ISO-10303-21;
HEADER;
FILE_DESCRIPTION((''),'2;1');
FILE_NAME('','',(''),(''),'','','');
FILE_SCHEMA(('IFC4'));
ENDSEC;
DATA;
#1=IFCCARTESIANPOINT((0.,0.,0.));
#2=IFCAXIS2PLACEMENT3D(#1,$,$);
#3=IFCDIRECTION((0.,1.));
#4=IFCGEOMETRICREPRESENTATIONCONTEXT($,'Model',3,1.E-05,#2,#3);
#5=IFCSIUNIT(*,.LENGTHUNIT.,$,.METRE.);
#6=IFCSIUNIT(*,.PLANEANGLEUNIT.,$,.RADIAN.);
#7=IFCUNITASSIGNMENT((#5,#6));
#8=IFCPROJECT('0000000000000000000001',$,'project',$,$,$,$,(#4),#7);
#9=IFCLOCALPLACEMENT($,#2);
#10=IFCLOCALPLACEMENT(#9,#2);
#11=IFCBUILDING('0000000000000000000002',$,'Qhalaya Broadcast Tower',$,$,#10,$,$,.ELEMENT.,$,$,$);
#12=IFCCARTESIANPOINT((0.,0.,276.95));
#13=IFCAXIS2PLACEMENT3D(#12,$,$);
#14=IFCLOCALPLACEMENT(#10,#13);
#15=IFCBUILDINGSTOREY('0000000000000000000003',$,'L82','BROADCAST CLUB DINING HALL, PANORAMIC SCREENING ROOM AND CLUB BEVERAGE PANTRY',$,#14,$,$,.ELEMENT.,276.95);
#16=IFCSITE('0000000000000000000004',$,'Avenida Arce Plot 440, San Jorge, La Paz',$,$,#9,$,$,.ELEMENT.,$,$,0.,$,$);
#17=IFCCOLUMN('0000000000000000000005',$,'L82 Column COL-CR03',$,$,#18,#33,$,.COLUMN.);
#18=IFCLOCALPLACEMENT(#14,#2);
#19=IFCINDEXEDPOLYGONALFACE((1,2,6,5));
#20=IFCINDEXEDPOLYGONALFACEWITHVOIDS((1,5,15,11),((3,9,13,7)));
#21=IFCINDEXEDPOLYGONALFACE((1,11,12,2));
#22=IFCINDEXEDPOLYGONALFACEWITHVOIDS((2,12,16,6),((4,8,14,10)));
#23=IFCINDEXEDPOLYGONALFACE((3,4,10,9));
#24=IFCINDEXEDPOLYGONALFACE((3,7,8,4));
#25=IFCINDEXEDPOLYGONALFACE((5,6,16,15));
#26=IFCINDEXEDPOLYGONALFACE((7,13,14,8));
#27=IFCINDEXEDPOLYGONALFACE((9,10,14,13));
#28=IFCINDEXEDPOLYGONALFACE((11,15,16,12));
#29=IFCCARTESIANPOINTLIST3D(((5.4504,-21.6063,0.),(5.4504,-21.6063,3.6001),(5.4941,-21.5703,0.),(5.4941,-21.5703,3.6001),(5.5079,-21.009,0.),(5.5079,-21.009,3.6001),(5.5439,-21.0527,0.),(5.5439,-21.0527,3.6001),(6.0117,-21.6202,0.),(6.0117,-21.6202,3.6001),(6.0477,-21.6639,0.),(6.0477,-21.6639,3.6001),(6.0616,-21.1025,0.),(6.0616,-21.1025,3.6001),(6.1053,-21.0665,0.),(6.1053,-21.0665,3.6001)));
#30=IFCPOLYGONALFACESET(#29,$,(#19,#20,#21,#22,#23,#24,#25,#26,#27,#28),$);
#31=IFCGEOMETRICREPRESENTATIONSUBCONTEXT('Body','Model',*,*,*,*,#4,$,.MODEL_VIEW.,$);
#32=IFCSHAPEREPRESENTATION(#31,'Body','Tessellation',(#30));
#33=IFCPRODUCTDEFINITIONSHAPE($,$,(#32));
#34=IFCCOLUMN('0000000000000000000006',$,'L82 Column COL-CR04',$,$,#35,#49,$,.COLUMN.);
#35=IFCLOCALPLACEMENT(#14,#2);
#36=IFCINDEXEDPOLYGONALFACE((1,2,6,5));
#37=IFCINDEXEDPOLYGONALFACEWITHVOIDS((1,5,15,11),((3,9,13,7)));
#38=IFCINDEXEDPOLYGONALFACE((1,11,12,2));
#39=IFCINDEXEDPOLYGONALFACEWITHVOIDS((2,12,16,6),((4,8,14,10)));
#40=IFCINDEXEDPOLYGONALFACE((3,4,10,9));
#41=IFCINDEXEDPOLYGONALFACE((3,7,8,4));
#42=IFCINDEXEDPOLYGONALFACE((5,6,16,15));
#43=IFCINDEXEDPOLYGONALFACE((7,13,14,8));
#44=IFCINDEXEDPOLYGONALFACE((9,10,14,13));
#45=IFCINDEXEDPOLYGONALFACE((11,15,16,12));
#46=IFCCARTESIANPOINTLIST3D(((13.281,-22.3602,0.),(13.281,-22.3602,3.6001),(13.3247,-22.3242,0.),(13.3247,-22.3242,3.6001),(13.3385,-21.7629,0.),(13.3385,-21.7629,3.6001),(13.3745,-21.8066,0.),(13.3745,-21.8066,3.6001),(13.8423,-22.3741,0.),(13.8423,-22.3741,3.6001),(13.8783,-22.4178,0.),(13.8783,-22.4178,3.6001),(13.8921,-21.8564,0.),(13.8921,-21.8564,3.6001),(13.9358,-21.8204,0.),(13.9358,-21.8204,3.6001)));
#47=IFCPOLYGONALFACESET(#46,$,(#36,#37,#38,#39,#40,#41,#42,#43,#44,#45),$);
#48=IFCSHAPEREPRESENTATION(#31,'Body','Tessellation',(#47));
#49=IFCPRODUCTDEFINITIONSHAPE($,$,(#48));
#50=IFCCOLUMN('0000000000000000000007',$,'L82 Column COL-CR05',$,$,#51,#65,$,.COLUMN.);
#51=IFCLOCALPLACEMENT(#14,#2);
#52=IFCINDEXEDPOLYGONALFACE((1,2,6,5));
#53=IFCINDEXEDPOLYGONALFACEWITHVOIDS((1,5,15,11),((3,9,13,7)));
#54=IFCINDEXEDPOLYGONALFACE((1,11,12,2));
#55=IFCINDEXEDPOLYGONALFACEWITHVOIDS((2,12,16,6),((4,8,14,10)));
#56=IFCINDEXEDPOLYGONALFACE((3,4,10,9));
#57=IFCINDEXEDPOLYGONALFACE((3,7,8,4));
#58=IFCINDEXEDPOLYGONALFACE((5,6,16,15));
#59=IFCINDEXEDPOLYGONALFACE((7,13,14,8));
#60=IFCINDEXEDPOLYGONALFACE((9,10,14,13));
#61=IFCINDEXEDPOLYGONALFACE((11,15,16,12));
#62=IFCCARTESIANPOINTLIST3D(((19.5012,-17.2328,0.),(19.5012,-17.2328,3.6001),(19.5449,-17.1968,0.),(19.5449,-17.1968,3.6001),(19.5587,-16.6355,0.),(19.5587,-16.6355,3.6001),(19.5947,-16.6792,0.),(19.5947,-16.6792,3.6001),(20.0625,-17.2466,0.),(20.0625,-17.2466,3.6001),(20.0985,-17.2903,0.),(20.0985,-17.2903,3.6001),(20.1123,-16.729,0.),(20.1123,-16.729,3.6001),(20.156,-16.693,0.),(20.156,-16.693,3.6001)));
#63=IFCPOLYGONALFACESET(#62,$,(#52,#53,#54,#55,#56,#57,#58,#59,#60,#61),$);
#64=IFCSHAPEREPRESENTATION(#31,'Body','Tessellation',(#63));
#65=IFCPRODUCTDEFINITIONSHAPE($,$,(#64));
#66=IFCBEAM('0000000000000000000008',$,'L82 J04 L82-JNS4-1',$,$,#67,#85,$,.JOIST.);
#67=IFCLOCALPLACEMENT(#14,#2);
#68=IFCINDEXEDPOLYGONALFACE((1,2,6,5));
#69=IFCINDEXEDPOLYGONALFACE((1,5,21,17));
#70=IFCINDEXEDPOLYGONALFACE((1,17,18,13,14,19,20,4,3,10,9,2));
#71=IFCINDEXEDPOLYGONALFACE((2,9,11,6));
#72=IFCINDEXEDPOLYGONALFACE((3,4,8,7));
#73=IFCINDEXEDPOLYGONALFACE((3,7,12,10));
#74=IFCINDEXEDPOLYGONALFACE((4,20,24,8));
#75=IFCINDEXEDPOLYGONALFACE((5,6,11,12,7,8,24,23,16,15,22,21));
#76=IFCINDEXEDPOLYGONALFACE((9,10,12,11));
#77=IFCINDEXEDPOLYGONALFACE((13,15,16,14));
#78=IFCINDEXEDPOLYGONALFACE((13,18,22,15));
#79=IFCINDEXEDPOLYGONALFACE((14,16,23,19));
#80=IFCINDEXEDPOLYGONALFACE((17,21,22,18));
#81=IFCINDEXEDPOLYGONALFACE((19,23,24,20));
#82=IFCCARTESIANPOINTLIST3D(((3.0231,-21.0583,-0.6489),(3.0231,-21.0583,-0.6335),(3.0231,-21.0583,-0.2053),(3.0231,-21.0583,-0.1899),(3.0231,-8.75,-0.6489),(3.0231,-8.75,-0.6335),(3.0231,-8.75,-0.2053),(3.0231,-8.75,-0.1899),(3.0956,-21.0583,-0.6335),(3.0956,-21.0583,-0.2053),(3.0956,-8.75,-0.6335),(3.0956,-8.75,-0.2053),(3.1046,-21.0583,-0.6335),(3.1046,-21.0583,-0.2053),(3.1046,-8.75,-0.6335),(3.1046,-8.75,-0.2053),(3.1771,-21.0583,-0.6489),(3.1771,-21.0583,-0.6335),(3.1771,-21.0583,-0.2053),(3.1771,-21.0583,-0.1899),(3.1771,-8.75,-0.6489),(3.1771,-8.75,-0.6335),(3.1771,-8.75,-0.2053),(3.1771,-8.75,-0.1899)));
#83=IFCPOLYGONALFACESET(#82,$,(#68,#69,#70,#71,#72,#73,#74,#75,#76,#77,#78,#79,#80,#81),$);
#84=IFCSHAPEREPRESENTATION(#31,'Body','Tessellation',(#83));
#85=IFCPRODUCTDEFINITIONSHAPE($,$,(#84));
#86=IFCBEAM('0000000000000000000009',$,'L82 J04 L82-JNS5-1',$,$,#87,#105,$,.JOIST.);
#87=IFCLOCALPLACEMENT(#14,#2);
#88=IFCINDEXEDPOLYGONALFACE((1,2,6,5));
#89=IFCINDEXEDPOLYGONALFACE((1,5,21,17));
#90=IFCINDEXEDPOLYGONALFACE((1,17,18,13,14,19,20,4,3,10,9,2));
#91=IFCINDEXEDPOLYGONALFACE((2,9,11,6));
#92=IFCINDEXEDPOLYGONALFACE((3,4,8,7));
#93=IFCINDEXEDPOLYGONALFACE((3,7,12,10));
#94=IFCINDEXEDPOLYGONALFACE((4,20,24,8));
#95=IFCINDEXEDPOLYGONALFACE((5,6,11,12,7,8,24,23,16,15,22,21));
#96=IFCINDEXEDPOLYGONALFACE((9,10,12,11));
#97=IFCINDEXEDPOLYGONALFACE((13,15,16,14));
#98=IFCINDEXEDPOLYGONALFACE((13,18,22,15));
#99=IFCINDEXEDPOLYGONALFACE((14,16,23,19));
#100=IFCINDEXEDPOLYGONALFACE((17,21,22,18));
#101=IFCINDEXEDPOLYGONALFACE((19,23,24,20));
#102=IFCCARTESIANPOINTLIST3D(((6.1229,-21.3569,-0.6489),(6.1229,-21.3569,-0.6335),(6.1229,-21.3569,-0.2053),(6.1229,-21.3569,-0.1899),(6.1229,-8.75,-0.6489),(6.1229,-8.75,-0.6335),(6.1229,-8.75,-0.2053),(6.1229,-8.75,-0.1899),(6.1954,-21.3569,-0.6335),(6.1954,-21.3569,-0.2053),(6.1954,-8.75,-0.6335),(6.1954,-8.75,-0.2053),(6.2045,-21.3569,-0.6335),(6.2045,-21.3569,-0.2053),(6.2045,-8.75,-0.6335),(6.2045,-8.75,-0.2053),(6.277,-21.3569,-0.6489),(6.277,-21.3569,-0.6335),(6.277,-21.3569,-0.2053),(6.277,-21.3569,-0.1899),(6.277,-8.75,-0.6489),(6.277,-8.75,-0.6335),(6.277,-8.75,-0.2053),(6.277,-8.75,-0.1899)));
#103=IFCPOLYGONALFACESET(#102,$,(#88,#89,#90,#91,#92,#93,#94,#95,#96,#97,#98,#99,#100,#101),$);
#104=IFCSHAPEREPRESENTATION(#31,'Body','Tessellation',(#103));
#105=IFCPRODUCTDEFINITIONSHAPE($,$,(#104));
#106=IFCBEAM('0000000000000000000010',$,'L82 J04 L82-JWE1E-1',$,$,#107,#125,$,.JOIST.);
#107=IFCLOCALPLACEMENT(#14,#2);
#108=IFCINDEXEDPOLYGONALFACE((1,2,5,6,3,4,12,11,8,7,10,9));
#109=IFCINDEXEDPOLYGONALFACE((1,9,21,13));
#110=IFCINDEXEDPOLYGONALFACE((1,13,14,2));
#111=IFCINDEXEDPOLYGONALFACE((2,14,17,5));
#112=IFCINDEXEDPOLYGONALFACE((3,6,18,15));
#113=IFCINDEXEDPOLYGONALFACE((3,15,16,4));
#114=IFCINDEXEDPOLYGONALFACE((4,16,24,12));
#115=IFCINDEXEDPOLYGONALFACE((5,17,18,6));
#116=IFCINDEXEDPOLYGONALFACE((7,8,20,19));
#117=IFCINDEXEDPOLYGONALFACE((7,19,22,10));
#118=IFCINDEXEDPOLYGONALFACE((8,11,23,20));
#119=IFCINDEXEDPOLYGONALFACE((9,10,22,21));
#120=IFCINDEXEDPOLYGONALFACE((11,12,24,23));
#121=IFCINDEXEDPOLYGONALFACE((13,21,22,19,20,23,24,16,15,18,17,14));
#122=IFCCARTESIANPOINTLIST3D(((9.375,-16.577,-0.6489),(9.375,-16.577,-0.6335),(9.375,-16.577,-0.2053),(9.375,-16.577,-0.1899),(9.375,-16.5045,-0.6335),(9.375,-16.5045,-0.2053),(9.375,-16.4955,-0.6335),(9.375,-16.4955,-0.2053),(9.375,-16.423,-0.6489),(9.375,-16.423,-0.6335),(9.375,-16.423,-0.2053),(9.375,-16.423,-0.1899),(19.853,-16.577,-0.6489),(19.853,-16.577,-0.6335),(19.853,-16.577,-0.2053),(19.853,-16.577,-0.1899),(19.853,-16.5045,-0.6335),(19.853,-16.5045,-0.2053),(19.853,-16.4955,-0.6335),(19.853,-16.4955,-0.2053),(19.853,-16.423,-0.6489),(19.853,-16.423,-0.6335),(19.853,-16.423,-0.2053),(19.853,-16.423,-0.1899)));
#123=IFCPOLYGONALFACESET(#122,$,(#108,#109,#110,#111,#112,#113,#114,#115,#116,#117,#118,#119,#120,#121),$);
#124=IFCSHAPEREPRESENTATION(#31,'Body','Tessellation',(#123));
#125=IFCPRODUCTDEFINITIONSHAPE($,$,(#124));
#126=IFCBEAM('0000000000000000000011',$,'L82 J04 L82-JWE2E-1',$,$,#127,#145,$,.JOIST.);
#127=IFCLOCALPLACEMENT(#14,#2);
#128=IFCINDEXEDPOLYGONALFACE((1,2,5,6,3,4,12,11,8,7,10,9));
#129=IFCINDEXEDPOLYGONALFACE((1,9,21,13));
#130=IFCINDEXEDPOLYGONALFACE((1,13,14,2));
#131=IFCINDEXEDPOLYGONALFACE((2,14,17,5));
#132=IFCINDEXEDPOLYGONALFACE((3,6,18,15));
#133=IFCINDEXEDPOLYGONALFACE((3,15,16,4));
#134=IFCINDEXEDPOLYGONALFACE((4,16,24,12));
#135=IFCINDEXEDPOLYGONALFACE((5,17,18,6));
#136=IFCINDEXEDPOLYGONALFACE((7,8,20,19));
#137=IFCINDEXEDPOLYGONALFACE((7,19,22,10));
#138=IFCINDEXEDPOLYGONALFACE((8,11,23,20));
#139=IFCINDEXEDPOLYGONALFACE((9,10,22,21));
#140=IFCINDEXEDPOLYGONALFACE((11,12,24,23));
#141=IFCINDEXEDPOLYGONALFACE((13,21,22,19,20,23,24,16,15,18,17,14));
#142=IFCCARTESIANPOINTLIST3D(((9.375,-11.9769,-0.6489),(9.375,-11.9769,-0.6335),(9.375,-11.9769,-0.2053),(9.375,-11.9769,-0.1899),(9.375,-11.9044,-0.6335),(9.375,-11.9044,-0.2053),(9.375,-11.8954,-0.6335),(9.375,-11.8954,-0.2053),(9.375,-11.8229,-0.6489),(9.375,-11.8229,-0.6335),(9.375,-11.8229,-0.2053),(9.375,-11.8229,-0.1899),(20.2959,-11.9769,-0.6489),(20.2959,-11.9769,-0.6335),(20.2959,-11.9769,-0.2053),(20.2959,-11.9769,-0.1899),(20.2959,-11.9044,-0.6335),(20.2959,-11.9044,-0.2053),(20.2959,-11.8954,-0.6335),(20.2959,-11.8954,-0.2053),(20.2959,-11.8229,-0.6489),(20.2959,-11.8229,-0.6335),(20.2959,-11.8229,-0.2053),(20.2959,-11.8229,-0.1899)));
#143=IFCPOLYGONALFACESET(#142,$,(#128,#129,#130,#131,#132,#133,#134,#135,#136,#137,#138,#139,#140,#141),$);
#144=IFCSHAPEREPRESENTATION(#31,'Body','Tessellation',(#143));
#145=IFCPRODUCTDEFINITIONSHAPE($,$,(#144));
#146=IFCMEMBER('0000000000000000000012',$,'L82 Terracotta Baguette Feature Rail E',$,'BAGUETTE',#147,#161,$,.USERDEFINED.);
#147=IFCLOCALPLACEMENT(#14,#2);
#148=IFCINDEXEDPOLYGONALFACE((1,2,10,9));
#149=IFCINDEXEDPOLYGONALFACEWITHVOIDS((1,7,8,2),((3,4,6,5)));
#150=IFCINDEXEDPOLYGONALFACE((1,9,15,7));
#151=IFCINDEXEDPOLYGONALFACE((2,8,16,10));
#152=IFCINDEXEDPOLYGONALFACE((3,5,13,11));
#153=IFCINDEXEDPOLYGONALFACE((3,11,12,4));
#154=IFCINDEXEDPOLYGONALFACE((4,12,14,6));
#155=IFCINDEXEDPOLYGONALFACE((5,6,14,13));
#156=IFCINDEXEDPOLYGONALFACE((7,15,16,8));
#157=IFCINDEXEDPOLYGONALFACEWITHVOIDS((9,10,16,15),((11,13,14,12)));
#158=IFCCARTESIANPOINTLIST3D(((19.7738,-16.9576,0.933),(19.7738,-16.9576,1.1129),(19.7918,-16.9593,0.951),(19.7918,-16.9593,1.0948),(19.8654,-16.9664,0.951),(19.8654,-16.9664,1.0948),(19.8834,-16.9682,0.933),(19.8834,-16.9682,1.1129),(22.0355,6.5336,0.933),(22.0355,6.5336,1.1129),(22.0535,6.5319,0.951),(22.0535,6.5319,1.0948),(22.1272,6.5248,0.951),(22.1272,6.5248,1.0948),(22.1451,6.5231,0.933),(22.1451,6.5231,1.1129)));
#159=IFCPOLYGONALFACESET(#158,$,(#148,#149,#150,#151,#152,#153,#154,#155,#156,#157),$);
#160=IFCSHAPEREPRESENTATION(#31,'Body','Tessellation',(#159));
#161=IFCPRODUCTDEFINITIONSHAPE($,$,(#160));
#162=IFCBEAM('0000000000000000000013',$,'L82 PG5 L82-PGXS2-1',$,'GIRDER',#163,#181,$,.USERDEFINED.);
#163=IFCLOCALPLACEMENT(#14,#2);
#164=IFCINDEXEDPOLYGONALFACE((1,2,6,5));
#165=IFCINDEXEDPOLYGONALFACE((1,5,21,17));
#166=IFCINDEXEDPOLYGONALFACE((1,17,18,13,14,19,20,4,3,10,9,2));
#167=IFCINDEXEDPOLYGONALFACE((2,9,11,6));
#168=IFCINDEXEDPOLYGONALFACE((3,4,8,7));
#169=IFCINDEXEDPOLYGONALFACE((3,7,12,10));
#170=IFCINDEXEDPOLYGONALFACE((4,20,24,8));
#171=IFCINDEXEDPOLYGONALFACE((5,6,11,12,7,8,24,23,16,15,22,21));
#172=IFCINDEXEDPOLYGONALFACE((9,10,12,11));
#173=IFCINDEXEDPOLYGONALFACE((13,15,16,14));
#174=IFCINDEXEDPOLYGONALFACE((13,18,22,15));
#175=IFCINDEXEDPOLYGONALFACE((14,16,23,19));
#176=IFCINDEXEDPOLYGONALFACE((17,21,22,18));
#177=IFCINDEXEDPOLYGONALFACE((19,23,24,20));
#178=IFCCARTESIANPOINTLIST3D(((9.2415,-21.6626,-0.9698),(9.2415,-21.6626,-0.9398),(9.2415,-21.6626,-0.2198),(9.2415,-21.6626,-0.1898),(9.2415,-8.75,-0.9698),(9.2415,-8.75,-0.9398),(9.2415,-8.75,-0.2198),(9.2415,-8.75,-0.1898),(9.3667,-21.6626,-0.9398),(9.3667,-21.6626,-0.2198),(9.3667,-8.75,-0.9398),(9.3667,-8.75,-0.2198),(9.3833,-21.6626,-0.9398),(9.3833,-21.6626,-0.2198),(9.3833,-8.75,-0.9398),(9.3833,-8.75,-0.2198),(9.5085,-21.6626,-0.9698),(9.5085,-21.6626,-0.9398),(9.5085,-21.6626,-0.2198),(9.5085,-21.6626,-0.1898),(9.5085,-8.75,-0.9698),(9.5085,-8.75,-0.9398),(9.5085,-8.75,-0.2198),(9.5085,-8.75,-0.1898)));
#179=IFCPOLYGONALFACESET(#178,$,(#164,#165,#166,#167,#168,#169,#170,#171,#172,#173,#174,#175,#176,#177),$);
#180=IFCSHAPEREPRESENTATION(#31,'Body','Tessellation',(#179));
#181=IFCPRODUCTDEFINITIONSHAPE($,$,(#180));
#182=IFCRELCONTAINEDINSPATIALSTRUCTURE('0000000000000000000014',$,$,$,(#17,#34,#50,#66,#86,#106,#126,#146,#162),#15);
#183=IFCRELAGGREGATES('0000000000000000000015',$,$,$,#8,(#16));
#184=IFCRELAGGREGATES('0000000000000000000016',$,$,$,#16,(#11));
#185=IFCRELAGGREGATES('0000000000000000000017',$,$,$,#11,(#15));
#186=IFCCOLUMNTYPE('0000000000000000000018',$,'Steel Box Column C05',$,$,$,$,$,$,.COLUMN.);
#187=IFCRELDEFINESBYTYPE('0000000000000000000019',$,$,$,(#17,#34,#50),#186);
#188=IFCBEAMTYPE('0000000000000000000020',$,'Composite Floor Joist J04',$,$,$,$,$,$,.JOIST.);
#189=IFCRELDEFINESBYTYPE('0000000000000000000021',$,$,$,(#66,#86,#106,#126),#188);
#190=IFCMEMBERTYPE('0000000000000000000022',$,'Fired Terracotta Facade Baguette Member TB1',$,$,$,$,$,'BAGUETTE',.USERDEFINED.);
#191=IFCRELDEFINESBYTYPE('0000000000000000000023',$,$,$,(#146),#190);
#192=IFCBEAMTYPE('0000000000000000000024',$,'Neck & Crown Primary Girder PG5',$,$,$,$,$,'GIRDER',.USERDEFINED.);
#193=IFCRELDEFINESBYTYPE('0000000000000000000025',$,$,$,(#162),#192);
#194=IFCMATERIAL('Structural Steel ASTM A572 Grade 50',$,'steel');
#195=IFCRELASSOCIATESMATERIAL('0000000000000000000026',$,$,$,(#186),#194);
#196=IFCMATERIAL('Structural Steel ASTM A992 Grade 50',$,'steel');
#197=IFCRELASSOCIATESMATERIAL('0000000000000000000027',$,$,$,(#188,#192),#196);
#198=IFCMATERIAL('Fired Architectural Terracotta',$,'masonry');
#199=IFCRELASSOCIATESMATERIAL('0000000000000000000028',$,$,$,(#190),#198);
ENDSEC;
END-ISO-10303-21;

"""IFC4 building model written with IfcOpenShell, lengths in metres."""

from ifc_helpers import new_model, si_unit, direction, frame, origin, origin_2d, place, context, subcontext, project, spatial, hollow_rectangle, i_section, extrude, material, material_profile, profile_set, type_object, element, save


model = new_model("IFC4")

# Units and contexts
model_context = context("Model", 3, precision=1e-05, world=origin(), true_north=direction((0.0, 1.0)))
body_context = subcontext(model_context, "Body", "Model", "MODEL_VIEW")
ifc_project = project(units=[si_unit("LENGTHUNIT", "METRE"), si_unit("PLANEANGLEUNIT", "RADIAN")], contexts=[model_context])

# Site, building, storey
site_placement = place(None, origin())
site = spatial("IfcSite", under=ifc_project, at=site_placement, Name="Avenida Arce Plot 440, San Jorge, La Paz", CompositionType="ELEMENT", RefElevation=0.0)
building_placement = place(site_placement, origin())
building = spatial("IfcBuilding", under=site, at=building_placement, Name="Qhalaya Broadcast Tower", CompositionType="ELEMENT")
storey_placement = place(building_placement, frame((0.0, 0.0, 276.95)))
storey = spatial("IfcBuildingStorey", under=building, at=storey_placement, Name="L82", Description="BROADCAST CLUB DINING HALL, PANORAMIC SCREENING ROOM AND CLUB BEVERAGE PANTRY", CompositionType="ELEMENT", Elevation=276.95)

# Columns
ifc_material_1 = material(Name="Structural Steel ASTM A572 Grade 50", Category="steel")
ifc_material_profile_1 = material_profile(ifc_material_1, hollow_rectangle(XDim=0.6001, YDim=0.6001, WallThickness=0.04, at=origin_2d()), Name="BOX 600x600x40")
ifc_profile_set_1 = profile_set([ifc_material_profile_1], Name="Structural Steel ASTM A572 Grade 50")
column_type = type_object("IfcColumnType", Name="Steel Box Column C05", PredefinedType="COLUMN", material=ifc_profile_set_1)
for number, where, z_axis, x_axis, name in (
    (1, (5.7778, -21.3364, 0.0), (0.0, 0.0, 1.0), (0.995396, -0.095846, 0.0), "L82 Column COL-CR03"),
    (2, (13.6084, -22.0903, 0.0), (0.0, 0.0, 1.0), (0.995396, -0.095846, 0.0), "L82 Column COL-CR04"),
    (3, (19.8286, -16.9629, 0.0), (0.0, 0.0, 1.0), (0.095846, 0.995396, 0.0), "L82 Column COL-CR05"),
):
    element("IfcColumn", number, at=place(storey_placement, frame(where, z_axis=z_axis, x_axis=x_axis)), inside=storey, type_object=column_type, Name=name, PredefinedType="COLUMN", context=body_context, shape_type="SweptSolid", body=[
        extrude(hollow_rectangle(XDim=0.6001, YDim=0.6001, WallThickness=0.04, at=origin_2d()), origin(), (0.0, 0.0, 1.0), 3.6001),
    ])

# Beams
ifc_material_2 = material(Name="Structural Steel ASTM A992 Grade 50", Category="steel")
ifc_material_profile_2 = material_profile(ifc_material_2, i_section(OverallWidth=0.1541, OverallDepth=0.459, WebThickness=0.009, FlangeThickness=0.0154, at=origin_2d()), Name="W18X46")
ifc_profile_set_2 = profile_set([ifc_material_profile_2], Name="Structural Steel ASTM A992 Grade 50")
beam_type_1 = type_object("IfcBeamType", Name="Composite Floor Joist J04", PredefinedType="JOIST", material=ifc_profile_set_2)
beam_1_placement = place(storey_placement, frame((3.1001, -21.0583, -0.4194), z_axis=(0.0, 1.0, 0.0), x_axis=(-1.0, 0.0, 0.0)))
element("IfcBeam", 4, at=beam_1_placement, inside=storey, type_object=beam_type_1, Name="L82 J04 L82-JNS4-1", PredefinedType="JOIST", context=body_context, shape_type="SweptSolid", body=[
    extrude(i_section(OverallWidth=0.1541, OverallDepth=0.459, WebThickness=0.009, FlangeThickness=0.0154, at=origin_2d()), origin(), (0.0, 0.0, 1.0), 12.3083),
])
beam_2_placement = place(storey_placement, frame((6.2, -21.3569, -0.4194), z_axis=(0.0, 1.0, 0.0), x_axis=(-1.0, 0.0, 0.0)))
element("IfcBeam", 5, at=beam_2_placement, inside=storey, type_object=beam_type_1, Name="L82 J04 L82-JNS5-1", PredefinedType="JOIST", context=body_context, shape_type="SweptSolid", body=[
    extrude(i_section(OverallWidth=0.1541, OverallDepth=0.459, WebThickness=0.009, FlangeThickness=0.0154, at=origin_2d()), origin(), (0.0, 0.0, 1.0), 12.6069),
])
beam_3_placement = place(storey_placement, frame((9.375, -16.5, -0.4194), z_axis=(1.0, 0.0, 0.0), x_axis=(0.0, 1.0, 0.0)))
element("IfcBeam", 6, at=beam_3_placement, inside=storey, type_object=beam_type_1, Name="L82 J04 L82-JWE1E-1", PredefinedType="JOIST", context=body_context, shape_type="SweptSolid", body=[
    extrude(i_section(OverallWidth=0.1541, OverallDepth=0.459, WebThickness=0.009, FlangeThickness=0.0154, at=origin_2d()), origin(), (0.0, 0.0, 1.0), 10.478),
])
beam_4_placement = place(storey_placement, frame((9.375, -11.8999, -0.4194), z_axis=(1.0, 0.0, 0.0), x_axis=(0.0, 1.0, 0.0)))
element("IfcBeam", 7, at=beam_4_placement, inside=storey, type_object=beam_type_1, Name="L82 J04 L82-JWE2E-1", PredefinedType="JOIST", context=body_context, shape_type="SweptSolid", body=[
    extrude(i_section(OverallWidth=0.1541, OverallDepth=0.459, WebThickness=0.009, FlangeThickness=0.0154, at=origin_2d()), origin(), (0.0, 0.0, 1.0), 10.9209),
])

# Member
ifc_material_3 = material(Name="Fired Architectural Terracotta", Category="masonry")
ifc_material_profile_3 = material_profile(ifc_material_3, hollow_rectangle(XDim=0.1101, YDim=0.1799, WallThickness=0.0181, at=origin_2d()), Name="TB-BAG 110x180x18")
ifc_profile_set_3 = profile_set([ifc_material_profile_3], Name="Fired Architectural Terracotta")
member_type_1 = type_object("IfcMemberType", Name="Fired Terracotta Facade Baguette Member TB1", ElementType="BAGUETTE", PredefinedType="USERDEFINED", material=ifc_profile_set_3)
member_1_placement = place(storey_placement, frame((19.8286, -16.9629, 1.0229), z_axis=(0.095836, 0.995397, 0.0), x_axis=(-0.995397, 0.095836, 0.0)))
element("IfcMember", 8, at=member_1_placement, inside=storey, type_object=member_type_1, Name="L82 Terracotta Baguette Feature Rail E", ObjectType="BAGUETTE", PredefinedType="USERDEFINED", context=body_context, shape_type="SweptSolid", body=[
    extrude(hollow_rectangle(XDim=0.1101, YDim=0.1799, WallThickness=0.0181, at=origin_2d()), origin(), (0.0, 0.0, 1.0), 23.5999),
])

# Beam
ifc_material_profile_4 = material_profile(ifc_material_2, i_section(OverallWidth=0.2671, OverallDepth=0.78, WebThickness=0.0166, FlangeThickness=0.03, at=origin_2d()), Name="W30X148")
ifc_profile_set_4 = profile_set([ifc_material_profile_4], Name="Structural Steel ASTM A992 Grade 50")
beam_type_2 = type_object("IfcBeamType", Name="Neck & Crown Primary Girder PG5", ElementType="GIRDER", PredefinedType="USERDEFINED", material=ifc_profile_set_4)
beam_5_placement = place(storey_placement, frame((9.375, -21.6626, -0.5798), z_axis=(0.0, 1.0, 0.0), x_axis=(-1.0, 0.0, 0.0)))
element("IfcBeam", 9, at=beam_5_placement, inside=storey, type_object=beam_type_2, Name="L82 PG5 L82-PGXS2-1", ObjectType="GIRDER", PredefinedType="USERDEFINED", context=body_context, shape_type="SweptSolid", body=[
    extrude(i_section(OverallWidth=0.2671, OverallDepth=0.78, WebThickness=0.0166, FlangeThickness=0.03, at=origin_2d()), origin(), (0.0, 0.0, 1.0), 12.9126),
])

save(model, "model.ifc")
